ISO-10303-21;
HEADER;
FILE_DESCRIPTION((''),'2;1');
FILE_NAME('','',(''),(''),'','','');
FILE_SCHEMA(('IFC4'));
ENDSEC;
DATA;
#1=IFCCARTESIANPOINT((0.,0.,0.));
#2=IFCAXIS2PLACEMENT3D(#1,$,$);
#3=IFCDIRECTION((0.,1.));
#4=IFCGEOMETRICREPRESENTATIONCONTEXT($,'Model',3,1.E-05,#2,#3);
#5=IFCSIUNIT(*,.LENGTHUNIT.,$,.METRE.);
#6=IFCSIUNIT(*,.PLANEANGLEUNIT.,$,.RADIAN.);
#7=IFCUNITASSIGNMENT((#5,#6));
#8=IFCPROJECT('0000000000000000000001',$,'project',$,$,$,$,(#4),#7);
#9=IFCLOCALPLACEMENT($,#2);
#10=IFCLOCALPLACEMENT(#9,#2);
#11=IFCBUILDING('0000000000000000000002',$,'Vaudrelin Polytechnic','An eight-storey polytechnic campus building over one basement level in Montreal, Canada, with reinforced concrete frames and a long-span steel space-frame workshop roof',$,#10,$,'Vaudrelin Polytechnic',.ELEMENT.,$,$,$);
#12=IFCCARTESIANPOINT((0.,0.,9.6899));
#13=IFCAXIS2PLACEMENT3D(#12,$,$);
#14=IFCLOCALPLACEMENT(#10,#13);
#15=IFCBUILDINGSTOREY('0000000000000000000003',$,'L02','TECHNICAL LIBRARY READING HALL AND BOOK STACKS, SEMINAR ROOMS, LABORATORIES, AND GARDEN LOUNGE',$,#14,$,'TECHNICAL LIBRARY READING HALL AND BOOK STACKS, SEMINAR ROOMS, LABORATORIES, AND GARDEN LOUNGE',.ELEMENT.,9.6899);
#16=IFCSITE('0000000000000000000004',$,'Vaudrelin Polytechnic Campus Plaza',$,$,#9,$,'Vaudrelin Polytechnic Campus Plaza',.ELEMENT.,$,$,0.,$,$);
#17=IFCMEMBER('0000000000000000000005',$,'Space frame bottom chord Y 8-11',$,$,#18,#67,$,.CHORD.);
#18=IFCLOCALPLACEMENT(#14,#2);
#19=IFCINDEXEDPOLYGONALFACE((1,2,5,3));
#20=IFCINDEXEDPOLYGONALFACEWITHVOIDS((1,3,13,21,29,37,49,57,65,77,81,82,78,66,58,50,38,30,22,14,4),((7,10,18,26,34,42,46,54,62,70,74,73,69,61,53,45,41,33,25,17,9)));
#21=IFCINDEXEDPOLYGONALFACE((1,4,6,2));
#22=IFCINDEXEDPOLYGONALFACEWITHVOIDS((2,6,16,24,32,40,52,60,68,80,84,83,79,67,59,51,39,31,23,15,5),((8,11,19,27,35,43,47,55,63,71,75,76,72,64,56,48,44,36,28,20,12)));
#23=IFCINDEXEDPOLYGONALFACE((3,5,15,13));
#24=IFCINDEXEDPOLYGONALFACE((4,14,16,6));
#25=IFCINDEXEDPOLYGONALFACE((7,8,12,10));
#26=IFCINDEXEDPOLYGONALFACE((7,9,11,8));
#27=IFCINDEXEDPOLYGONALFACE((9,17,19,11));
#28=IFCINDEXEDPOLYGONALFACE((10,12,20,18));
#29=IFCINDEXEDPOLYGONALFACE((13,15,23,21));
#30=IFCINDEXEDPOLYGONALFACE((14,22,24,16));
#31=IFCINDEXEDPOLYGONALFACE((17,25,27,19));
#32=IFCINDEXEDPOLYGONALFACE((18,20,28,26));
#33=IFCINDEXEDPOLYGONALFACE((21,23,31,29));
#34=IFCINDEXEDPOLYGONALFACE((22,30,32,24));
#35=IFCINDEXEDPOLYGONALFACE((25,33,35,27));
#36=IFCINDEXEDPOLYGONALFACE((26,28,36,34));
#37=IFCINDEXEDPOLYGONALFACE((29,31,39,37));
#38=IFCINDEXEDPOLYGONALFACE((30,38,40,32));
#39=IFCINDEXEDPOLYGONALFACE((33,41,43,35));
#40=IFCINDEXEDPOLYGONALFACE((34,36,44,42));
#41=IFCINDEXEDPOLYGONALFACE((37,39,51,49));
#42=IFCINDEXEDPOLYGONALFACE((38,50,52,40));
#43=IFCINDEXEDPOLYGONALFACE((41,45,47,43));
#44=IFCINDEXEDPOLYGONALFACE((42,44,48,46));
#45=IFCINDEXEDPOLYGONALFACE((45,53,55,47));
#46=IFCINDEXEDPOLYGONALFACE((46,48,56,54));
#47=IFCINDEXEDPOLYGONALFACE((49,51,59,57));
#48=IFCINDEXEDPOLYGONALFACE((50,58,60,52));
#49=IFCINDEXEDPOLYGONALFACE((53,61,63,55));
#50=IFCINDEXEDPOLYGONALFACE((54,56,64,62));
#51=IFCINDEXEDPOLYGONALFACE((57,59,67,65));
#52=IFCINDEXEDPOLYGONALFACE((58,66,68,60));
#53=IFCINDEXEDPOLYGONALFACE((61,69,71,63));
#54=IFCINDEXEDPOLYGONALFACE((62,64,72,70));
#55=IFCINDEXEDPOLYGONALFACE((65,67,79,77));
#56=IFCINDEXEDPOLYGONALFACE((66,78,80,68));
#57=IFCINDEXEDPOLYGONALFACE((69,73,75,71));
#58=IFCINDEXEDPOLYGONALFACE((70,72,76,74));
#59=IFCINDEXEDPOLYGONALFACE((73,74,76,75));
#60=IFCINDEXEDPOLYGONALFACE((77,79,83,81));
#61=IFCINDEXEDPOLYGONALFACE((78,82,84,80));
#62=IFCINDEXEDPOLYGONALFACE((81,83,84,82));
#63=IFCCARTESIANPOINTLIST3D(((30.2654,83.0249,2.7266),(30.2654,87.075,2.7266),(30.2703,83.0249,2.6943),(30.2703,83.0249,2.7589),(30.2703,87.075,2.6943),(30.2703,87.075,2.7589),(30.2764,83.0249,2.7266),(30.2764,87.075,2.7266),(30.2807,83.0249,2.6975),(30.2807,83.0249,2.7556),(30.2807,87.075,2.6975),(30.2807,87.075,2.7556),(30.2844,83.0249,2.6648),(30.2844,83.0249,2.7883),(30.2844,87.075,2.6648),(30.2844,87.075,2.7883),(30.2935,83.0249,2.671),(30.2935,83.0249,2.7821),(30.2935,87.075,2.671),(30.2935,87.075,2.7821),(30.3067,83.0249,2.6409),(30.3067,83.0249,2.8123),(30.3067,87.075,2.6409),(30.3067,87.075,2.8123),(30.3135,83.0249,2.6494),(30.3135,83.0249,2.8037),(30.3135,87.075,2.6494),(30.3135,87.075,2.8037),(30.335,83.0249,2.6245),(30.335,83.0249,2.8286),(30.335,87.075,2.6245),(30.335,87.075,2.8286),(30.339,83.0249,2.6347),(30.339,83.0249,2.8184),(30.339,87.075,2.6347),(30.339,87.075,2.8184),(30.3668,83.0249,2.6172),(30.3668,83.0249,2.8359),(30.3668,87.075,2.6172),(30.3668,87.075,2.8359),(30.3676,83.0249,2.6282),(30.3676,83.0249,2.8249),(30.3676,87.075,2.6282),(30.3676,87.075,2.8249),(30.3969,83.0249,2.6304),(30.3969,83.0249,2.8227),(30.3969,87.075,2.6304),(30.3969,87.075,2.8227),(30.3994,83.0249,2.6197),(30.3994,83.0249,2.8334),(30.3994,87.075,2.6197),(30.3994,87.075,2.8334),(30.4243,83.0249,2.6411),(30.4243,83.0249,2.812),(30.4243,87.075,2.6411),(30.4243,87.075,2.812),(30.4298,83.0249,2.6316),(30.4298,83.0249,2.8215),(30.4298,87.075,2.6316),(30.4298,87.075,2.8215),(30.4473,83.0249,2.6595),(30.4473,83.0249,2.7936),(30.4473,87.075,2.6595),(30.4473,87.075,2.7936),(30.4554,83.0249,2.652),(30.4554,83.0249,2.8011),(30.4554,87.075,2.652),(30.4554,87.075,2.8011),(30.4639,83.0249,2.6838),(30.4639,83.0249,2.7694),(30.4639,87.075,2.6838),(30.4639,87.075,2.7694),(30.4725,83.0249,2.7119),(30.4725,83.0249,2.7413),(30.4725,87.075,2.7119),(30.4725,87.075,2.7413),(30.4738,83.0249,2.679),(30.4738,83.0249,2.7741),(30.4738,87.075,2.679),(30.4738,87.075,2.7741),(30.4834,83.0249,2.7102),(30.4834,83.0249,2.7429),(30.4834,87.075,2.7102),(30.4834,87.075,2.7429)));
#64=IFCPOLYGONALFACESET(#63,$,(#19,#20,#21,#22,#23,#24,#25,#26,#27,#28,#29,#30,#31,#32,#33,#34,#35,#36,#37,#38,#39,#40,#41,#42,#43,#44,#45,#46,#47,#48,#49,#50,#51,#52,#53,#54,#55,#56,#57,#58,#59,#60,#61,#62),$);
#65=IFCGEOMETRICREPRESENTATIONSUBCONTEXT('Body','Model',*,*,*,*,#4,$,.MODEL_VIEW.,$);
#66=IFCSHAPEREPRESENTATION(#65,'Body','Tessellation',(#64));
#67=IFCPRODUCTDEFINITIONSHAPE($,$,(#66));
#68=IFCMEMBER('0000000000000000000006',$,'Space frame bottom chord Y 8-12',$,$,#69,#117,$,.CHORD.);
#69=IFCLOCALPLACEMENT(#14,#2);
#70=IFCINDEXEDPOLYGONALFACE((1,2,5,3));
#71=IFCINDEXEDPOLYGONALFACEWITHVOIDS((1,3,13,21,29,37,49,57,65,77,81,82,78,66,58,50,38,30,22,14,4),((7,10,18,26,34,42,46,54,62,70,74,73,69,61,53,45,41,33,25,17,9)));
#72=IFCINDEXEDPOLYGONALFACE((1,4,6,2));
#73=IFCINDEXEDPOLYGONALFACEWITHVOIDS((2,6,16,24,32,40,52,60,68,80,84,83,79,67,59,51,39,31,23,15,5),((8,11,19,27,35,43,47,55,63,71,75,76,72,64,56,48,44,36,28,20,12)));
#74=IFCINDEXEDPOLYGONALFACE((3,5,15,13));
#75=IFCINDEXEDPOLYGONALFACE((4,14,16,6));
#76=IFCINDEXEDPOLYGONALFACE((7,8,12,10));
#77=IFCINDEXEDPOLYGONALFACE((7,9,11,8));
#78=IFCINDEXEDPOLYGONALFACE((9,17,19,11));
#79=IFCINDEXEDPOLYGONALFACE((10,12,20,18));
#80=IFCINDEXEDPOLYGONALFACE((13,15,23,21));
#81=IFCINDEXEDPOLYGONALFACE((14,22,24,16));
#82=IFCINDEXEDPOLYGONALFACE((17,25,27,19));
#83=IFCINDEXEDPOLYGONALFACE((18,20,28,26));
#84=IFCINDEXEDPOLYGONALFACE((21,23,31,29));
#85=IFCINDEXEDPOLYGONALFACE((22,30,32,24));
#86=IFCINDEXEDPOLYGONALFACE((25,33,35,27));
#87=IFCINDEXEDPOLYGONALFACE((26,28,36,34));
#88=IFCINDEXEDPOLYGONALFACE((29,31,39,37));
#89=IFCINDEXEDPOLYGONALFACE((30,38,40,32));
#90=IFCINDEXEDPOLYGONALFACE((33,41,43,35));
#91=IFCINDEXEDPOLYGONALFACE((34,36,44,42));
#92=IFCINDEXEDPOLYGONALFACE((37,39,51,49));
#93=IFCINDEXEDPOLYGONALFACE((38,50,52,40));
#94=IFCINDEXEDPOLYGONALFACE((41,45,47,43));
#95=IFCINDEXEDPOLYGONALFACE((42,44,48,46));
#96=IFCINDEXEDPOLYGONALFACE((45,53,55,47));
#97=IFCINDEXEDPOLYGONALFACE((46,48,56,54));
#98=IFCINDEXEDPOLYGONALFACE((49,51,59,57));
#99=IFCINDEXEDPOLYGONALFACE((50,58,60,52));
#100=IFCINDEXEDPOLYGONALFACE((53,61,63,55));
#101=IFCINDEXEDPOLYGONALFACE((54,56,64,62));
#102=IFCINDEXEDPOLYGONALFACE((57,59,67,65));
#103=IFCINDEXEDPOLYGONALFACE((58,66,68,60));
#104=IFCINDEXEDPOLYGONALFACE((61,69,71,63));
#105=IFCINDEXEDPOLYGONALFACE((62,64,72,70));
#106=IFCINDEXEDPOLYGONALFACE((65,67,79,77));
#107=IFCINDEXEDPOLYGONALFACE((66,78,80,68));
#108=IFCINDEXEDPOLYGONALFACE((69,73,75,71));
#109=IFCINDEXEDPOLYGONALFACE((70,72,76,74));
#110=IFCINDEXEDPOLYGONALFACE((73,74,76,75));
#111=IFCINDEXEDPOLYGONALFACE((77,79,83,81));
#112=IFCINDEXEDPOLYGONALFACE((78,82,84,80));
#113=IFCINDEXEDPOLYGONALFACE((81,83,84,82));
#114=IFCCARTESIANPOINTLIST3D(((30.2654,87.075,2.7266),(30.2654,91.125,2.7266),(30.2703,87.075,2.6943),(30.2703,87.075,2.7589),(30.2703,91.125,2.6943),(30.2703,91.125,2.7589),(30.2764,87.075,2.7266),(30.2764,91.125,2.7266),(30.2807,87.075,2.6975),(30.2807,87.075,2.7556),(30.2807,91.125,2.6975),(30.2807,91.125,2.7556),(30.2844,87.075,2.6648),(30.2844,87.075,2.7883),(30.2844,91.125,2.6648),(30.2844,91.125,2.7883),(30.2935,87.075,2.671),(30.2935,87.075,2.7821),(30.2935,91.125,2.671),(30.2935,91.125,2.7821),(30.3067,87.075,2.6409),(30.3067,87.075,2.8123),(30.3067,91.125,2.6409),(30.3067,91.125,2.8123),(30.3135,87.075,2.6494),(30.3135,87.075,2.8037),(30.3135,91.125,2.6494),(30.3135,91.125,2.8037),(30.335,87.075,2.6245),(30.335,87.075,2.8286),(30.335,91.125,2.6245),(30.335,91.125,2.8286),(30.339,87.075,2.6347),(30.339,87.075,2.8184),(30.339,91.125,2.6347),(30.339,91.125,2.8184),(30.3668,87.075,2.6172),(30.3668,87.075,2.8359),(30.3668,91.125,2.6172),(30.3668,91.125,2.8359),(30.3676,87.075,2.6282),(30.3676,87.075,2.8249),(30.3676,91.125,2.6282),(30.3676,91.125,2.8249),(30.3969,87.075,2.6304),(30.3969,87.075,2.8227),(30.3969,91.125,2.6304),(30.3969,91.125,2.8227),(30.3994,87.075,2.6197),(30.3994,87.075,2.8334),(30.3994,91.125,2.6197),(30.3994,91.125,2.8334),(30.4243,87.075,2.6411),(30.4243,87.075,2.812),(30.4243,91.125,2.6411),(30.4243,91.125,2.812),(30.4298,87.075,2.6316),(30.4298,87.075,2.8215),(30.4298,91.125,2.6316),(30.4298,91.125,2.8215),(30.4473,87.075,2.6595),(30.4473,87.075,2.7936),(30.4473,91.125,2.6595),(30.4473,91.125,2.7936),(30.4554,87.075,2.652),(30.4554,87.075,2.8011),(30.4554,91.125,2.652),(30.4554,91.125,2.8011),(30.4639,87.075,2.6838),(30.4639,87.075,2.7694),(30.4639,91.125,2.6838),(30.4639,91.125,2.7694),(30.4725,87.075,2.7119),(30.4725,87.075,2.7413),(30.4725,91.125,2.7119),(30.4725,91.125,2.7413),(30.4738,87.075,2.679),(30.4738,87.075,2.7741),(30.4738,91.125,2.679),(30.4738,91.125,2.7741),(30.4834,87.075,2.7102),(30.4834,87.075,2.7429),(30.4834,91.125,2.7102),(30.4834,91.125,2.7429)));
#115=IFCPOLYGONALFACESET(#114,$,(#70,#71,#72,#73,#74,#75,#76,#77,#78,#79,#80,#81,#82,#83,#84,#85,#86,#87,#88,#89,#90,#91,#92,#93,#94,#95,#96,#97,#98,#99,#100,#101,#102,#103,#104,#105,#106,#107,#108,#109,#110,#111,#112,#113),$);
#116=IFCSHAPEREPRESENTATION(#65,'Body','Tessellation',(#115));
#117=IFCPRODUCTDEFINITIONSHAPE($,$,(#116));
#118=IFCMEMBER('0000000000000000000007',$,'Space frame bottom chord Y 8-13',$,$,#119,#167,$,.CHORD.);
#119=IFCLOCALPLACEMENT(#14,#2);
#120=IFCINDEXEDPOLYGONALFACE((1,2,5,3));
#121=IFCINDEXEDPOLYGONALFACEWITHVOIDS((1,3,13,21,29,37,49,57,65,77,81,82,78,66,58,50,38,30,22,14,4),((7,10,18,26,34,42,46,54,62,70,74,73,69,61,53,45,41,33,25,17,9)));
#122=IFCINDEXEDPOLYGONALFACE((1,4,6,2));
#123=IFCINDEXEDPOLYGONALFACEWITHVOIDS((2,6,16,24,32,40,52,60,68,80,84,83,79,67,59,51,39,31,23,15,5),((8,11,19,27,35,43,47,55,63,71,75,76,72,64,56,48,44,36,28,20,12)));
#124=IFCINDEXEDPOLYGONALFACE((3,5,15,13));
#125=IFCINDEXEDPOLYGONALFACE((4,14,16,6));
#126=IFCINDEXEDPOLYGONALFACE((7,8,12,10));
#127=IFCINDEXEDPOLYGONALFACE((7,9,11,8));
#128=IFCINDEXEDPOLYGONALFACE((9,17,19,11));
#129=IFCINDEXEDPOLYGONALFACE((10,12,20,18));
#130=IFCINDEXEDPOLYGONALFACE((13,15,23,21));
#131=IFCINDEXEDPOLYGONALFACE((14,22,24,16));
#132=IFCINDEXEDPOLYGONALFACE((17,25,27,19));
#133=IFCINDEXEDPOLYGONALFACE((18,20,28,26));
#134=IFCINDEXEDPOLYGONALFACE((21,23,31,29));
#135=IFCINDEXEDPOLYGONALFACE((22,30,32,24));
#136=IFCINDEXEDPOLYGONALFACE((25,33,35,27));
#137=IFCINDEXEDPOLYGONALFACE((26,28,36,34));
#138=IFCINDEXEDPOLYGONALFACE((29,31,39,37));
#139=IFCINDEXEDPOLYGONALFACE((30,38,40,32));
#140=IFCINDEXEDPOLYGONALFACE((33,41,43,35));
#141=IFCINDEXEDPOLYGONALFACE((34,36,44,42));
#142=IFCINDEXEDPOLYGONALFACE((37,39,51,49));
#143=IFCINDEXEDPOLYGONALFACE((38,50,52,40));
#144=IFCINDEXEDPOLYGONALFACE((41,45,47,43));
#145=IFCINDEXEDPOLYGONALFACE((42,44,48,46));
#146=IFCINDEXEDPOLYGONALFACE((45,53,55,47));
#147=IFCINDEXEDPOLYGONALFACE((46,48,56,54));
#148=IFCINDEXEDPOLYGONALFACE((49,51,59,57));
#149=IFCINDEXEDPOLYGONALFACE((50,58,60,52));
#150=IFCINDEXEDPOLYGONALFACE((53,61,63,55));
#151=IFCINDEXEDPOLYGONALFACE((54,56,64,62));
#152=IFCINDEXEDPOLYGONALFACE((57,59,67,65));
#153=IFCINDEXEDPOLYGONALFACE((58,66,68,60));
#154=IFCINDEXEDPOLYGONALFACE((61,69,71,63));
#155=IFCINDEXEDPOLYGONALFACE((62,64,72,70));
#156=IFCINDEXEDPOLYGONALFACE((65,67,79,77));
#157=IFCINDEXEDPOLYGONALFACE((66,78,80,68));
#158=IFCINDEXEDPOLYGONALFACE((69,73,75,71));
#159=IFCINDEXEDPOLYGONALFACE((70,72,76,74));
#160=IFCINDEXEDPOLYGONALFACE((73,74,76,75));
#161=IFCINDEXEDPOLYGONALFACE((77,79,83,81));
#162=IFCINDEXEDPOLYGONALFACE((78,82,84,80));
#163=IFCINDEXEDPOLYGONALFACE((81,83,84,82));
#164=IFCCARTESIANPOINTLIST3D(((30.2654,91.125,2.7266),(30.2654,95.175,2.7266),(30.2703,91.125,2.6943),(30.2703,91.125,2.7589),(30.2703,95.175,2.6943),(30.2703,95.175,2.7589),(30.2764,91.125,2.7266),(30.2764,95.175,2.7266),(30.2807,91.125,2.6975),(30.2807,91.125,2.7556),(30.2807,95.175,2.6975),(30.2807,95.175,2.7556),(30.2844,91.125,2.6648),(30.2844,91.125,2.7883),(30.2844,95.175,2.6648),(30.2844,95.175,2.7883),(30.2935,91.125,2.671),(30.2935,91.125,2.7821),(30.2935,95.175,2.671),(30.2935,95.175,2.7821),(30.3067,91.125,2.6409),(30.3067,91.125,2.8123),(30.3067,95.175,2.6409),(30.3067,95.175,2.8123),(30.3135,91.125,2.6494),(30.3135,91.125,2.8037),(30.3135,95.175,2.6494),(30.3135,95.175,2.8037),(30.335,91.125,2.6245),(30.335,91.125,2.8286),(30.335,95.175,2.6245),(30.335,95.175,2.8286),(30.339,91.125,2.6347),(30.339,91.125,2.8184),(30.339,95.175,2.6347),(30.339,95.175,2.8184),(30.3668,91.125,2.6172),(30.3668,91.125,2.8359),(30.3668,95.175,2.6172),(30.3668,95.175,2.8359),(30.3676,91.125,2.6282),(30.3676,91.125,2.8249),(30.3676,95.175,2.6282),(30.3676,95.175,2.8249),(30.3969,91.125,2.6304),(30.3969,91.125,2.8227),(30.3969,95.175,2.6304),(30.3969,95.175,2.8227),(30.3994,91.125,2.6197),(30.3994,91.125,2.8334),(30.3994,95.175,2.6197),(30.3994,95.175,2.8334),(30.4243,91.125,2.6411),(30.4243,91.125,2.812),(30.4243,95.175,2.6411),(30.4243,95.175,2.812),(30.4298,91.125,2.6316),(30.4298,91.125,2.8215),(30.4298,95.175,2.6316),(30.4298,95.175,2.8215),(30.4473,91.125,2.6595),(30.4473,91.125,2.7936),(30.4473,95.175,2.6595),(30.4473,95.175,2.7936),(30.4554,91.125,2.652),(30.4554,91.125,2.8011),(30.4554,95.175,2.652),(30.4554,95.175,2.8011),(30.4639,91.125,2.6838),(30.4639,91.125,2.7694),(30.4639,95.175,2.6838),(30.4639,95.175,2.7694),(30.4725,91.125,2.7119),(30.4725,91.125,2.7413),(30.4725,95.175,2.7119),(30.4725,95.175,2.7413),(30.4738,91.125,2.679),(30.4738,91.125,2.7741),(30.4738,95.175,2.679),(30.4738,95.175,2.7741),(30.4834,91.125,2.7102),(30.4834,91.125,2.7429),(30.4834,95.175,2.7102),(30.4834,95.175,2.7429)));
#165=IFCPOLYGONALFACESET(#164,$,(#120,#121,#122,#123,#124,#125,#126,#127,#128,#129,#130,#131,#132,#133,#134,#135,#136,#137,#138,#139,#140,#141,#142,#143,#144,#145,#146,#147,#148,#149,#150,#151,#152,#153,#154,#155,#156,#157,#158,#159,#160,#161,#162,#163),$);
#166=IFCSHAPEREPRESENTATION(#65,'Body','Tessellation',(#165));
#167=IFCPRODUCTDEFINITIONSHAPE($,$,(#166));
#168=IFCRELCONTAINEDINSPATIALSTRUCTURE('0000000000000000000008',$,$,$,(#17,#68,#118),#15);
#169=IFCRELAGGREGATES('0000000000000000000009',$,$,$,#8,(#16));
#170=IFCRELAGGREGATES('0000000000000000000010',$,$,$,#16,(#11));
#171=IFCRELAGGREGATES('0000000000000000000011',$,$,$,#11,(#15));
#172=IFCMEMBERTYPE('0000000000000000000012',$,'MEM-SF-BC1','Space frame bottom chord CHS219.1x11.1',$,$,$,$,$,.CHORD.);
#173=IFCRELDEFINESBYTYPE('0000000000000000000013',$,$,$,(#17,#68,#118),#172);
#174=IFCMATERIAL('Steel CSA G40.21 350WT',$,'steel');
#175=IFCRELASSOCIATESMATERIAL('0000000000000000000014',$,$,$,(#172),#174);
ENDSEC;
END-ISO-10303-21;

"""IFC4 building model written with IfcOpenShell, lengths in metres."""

from ifc_helpers import new_model, si_unit, direction, frame, origin, origin_2d, place, context, subcontext, project, spatial, hollow_circle, extrude, material, material_profile, profile_set, type_object, element, save


model = new_model("IFC4")

# Units and contexts
model_context = context("Model", 3, precision=1e-05, world=origin(), true_north=direction((0.0, 1.0)))
body_context = subcontext(model_context, "Body", "Model", "MODEL_VIEW")
ifc_project = project(units=[si_unit("LENGTHUNIT", "METRE"), si_unit("PLANEANGLEUNIT", "RADIAN")], contexts=[model_context])

# Site, building, storey
site_placement = place(None, origin())
site = spatial("IfcSite", under=ifc_project, at=site_placement, Name="Vaudrelin Polytechnic Campus Plaza", LongName="Vaudrelin Polytechnic Campus Plaza", CompositionType="ELEMENT", RefElevation=0.0)
building_placement = place(site_placement, origin())
building = spatial("IfcBuilding", under=site, at=building_placement, Name="Vaudrelin Polytechnic", Description="An eight-storey polytechnic campus building over one basement level in Montreal, Canada, with reinforced concrete frames and a long-span steel space-frame workshop roof", LongName="Vaudrelin Polytechnic", CompositionType="ELEMENT")
storey_placement = place(building_placement, frame((0.0, 0.0, 9.6899)))
storey = spatial("IfcBuildingStorey", under=building, at=storey_placement, Name="L02", Description="TECHNICAL LIBRARY READING HALL AND BOOK STACKS, SEMINAR ROOMS, LABORATORIES, AND GARDEN LOUNGE", LongName="TECHNICAL LIBRARY READING HALL AND BOOK STACKS, SEMINAR ROOMS, LABORATORIES, AND GARDEN LOUNGE", CompositionType="ELEMENT", Elevation=9.6899)

# Shared definitions
ifc_material_1 = material(Name="Steel CSA G40.21 350WT", Category="steel")

# Members
ifc_material_profile_1 = material_profile(ifc_material_1, hollow_circle(Radius=0.1096, WallThickness=0.011, at=origin_2d()), Name="CHS219.1x11.1")
ifc_profile_set_1 = profile_set([ifc_material_profile_1], Name="Steel CSA G40.21 350WT")
member_type_1 = type_object("IfcMemberType", Name="MEM-SF-BC1", Description="Space frame bottom chord CHS219.1x11.1", PredefinedType="CHORD", material=ifc_profile_set_1)
for number, where, z_axis, x_axis, name in (
    (1, (30.375, 83.0249, 2.7266), (0.0, 1.0, 0.0), (-1.0, 0.0, 0.0), "Space frame bottom chord Y 8-11"),
    (2, (30.375, 87.075, 2.7266), (0.0, 1.0, 0.0), (-1.0, 0.0, 0.0), "Space frame bottom chord Y 8-12"),
    (3, (30.375, 91.125, 2.7266), (0.0, 1.0, 0.0), (-1.0, 0.0, 0.0), "Space frame bottom chord Y 8-13"),
):
    element("IfcMember", number, at=place(storey_placement, frame(where, z_axis=z_axis, x_axis=x_axis)), inside=storey, type_object=member_type_1, Name=name, PredefinedType="CHORD", context=body_context, shape_type="SweptSolid", body=[
        extrude(hollow_circle(Radius=0.1096, WallThickness=0.011, at=origin_2d()), origin(), (0.0, 0.0, 1.0), 4.05),
    ])

save(model, "model.ifc")
